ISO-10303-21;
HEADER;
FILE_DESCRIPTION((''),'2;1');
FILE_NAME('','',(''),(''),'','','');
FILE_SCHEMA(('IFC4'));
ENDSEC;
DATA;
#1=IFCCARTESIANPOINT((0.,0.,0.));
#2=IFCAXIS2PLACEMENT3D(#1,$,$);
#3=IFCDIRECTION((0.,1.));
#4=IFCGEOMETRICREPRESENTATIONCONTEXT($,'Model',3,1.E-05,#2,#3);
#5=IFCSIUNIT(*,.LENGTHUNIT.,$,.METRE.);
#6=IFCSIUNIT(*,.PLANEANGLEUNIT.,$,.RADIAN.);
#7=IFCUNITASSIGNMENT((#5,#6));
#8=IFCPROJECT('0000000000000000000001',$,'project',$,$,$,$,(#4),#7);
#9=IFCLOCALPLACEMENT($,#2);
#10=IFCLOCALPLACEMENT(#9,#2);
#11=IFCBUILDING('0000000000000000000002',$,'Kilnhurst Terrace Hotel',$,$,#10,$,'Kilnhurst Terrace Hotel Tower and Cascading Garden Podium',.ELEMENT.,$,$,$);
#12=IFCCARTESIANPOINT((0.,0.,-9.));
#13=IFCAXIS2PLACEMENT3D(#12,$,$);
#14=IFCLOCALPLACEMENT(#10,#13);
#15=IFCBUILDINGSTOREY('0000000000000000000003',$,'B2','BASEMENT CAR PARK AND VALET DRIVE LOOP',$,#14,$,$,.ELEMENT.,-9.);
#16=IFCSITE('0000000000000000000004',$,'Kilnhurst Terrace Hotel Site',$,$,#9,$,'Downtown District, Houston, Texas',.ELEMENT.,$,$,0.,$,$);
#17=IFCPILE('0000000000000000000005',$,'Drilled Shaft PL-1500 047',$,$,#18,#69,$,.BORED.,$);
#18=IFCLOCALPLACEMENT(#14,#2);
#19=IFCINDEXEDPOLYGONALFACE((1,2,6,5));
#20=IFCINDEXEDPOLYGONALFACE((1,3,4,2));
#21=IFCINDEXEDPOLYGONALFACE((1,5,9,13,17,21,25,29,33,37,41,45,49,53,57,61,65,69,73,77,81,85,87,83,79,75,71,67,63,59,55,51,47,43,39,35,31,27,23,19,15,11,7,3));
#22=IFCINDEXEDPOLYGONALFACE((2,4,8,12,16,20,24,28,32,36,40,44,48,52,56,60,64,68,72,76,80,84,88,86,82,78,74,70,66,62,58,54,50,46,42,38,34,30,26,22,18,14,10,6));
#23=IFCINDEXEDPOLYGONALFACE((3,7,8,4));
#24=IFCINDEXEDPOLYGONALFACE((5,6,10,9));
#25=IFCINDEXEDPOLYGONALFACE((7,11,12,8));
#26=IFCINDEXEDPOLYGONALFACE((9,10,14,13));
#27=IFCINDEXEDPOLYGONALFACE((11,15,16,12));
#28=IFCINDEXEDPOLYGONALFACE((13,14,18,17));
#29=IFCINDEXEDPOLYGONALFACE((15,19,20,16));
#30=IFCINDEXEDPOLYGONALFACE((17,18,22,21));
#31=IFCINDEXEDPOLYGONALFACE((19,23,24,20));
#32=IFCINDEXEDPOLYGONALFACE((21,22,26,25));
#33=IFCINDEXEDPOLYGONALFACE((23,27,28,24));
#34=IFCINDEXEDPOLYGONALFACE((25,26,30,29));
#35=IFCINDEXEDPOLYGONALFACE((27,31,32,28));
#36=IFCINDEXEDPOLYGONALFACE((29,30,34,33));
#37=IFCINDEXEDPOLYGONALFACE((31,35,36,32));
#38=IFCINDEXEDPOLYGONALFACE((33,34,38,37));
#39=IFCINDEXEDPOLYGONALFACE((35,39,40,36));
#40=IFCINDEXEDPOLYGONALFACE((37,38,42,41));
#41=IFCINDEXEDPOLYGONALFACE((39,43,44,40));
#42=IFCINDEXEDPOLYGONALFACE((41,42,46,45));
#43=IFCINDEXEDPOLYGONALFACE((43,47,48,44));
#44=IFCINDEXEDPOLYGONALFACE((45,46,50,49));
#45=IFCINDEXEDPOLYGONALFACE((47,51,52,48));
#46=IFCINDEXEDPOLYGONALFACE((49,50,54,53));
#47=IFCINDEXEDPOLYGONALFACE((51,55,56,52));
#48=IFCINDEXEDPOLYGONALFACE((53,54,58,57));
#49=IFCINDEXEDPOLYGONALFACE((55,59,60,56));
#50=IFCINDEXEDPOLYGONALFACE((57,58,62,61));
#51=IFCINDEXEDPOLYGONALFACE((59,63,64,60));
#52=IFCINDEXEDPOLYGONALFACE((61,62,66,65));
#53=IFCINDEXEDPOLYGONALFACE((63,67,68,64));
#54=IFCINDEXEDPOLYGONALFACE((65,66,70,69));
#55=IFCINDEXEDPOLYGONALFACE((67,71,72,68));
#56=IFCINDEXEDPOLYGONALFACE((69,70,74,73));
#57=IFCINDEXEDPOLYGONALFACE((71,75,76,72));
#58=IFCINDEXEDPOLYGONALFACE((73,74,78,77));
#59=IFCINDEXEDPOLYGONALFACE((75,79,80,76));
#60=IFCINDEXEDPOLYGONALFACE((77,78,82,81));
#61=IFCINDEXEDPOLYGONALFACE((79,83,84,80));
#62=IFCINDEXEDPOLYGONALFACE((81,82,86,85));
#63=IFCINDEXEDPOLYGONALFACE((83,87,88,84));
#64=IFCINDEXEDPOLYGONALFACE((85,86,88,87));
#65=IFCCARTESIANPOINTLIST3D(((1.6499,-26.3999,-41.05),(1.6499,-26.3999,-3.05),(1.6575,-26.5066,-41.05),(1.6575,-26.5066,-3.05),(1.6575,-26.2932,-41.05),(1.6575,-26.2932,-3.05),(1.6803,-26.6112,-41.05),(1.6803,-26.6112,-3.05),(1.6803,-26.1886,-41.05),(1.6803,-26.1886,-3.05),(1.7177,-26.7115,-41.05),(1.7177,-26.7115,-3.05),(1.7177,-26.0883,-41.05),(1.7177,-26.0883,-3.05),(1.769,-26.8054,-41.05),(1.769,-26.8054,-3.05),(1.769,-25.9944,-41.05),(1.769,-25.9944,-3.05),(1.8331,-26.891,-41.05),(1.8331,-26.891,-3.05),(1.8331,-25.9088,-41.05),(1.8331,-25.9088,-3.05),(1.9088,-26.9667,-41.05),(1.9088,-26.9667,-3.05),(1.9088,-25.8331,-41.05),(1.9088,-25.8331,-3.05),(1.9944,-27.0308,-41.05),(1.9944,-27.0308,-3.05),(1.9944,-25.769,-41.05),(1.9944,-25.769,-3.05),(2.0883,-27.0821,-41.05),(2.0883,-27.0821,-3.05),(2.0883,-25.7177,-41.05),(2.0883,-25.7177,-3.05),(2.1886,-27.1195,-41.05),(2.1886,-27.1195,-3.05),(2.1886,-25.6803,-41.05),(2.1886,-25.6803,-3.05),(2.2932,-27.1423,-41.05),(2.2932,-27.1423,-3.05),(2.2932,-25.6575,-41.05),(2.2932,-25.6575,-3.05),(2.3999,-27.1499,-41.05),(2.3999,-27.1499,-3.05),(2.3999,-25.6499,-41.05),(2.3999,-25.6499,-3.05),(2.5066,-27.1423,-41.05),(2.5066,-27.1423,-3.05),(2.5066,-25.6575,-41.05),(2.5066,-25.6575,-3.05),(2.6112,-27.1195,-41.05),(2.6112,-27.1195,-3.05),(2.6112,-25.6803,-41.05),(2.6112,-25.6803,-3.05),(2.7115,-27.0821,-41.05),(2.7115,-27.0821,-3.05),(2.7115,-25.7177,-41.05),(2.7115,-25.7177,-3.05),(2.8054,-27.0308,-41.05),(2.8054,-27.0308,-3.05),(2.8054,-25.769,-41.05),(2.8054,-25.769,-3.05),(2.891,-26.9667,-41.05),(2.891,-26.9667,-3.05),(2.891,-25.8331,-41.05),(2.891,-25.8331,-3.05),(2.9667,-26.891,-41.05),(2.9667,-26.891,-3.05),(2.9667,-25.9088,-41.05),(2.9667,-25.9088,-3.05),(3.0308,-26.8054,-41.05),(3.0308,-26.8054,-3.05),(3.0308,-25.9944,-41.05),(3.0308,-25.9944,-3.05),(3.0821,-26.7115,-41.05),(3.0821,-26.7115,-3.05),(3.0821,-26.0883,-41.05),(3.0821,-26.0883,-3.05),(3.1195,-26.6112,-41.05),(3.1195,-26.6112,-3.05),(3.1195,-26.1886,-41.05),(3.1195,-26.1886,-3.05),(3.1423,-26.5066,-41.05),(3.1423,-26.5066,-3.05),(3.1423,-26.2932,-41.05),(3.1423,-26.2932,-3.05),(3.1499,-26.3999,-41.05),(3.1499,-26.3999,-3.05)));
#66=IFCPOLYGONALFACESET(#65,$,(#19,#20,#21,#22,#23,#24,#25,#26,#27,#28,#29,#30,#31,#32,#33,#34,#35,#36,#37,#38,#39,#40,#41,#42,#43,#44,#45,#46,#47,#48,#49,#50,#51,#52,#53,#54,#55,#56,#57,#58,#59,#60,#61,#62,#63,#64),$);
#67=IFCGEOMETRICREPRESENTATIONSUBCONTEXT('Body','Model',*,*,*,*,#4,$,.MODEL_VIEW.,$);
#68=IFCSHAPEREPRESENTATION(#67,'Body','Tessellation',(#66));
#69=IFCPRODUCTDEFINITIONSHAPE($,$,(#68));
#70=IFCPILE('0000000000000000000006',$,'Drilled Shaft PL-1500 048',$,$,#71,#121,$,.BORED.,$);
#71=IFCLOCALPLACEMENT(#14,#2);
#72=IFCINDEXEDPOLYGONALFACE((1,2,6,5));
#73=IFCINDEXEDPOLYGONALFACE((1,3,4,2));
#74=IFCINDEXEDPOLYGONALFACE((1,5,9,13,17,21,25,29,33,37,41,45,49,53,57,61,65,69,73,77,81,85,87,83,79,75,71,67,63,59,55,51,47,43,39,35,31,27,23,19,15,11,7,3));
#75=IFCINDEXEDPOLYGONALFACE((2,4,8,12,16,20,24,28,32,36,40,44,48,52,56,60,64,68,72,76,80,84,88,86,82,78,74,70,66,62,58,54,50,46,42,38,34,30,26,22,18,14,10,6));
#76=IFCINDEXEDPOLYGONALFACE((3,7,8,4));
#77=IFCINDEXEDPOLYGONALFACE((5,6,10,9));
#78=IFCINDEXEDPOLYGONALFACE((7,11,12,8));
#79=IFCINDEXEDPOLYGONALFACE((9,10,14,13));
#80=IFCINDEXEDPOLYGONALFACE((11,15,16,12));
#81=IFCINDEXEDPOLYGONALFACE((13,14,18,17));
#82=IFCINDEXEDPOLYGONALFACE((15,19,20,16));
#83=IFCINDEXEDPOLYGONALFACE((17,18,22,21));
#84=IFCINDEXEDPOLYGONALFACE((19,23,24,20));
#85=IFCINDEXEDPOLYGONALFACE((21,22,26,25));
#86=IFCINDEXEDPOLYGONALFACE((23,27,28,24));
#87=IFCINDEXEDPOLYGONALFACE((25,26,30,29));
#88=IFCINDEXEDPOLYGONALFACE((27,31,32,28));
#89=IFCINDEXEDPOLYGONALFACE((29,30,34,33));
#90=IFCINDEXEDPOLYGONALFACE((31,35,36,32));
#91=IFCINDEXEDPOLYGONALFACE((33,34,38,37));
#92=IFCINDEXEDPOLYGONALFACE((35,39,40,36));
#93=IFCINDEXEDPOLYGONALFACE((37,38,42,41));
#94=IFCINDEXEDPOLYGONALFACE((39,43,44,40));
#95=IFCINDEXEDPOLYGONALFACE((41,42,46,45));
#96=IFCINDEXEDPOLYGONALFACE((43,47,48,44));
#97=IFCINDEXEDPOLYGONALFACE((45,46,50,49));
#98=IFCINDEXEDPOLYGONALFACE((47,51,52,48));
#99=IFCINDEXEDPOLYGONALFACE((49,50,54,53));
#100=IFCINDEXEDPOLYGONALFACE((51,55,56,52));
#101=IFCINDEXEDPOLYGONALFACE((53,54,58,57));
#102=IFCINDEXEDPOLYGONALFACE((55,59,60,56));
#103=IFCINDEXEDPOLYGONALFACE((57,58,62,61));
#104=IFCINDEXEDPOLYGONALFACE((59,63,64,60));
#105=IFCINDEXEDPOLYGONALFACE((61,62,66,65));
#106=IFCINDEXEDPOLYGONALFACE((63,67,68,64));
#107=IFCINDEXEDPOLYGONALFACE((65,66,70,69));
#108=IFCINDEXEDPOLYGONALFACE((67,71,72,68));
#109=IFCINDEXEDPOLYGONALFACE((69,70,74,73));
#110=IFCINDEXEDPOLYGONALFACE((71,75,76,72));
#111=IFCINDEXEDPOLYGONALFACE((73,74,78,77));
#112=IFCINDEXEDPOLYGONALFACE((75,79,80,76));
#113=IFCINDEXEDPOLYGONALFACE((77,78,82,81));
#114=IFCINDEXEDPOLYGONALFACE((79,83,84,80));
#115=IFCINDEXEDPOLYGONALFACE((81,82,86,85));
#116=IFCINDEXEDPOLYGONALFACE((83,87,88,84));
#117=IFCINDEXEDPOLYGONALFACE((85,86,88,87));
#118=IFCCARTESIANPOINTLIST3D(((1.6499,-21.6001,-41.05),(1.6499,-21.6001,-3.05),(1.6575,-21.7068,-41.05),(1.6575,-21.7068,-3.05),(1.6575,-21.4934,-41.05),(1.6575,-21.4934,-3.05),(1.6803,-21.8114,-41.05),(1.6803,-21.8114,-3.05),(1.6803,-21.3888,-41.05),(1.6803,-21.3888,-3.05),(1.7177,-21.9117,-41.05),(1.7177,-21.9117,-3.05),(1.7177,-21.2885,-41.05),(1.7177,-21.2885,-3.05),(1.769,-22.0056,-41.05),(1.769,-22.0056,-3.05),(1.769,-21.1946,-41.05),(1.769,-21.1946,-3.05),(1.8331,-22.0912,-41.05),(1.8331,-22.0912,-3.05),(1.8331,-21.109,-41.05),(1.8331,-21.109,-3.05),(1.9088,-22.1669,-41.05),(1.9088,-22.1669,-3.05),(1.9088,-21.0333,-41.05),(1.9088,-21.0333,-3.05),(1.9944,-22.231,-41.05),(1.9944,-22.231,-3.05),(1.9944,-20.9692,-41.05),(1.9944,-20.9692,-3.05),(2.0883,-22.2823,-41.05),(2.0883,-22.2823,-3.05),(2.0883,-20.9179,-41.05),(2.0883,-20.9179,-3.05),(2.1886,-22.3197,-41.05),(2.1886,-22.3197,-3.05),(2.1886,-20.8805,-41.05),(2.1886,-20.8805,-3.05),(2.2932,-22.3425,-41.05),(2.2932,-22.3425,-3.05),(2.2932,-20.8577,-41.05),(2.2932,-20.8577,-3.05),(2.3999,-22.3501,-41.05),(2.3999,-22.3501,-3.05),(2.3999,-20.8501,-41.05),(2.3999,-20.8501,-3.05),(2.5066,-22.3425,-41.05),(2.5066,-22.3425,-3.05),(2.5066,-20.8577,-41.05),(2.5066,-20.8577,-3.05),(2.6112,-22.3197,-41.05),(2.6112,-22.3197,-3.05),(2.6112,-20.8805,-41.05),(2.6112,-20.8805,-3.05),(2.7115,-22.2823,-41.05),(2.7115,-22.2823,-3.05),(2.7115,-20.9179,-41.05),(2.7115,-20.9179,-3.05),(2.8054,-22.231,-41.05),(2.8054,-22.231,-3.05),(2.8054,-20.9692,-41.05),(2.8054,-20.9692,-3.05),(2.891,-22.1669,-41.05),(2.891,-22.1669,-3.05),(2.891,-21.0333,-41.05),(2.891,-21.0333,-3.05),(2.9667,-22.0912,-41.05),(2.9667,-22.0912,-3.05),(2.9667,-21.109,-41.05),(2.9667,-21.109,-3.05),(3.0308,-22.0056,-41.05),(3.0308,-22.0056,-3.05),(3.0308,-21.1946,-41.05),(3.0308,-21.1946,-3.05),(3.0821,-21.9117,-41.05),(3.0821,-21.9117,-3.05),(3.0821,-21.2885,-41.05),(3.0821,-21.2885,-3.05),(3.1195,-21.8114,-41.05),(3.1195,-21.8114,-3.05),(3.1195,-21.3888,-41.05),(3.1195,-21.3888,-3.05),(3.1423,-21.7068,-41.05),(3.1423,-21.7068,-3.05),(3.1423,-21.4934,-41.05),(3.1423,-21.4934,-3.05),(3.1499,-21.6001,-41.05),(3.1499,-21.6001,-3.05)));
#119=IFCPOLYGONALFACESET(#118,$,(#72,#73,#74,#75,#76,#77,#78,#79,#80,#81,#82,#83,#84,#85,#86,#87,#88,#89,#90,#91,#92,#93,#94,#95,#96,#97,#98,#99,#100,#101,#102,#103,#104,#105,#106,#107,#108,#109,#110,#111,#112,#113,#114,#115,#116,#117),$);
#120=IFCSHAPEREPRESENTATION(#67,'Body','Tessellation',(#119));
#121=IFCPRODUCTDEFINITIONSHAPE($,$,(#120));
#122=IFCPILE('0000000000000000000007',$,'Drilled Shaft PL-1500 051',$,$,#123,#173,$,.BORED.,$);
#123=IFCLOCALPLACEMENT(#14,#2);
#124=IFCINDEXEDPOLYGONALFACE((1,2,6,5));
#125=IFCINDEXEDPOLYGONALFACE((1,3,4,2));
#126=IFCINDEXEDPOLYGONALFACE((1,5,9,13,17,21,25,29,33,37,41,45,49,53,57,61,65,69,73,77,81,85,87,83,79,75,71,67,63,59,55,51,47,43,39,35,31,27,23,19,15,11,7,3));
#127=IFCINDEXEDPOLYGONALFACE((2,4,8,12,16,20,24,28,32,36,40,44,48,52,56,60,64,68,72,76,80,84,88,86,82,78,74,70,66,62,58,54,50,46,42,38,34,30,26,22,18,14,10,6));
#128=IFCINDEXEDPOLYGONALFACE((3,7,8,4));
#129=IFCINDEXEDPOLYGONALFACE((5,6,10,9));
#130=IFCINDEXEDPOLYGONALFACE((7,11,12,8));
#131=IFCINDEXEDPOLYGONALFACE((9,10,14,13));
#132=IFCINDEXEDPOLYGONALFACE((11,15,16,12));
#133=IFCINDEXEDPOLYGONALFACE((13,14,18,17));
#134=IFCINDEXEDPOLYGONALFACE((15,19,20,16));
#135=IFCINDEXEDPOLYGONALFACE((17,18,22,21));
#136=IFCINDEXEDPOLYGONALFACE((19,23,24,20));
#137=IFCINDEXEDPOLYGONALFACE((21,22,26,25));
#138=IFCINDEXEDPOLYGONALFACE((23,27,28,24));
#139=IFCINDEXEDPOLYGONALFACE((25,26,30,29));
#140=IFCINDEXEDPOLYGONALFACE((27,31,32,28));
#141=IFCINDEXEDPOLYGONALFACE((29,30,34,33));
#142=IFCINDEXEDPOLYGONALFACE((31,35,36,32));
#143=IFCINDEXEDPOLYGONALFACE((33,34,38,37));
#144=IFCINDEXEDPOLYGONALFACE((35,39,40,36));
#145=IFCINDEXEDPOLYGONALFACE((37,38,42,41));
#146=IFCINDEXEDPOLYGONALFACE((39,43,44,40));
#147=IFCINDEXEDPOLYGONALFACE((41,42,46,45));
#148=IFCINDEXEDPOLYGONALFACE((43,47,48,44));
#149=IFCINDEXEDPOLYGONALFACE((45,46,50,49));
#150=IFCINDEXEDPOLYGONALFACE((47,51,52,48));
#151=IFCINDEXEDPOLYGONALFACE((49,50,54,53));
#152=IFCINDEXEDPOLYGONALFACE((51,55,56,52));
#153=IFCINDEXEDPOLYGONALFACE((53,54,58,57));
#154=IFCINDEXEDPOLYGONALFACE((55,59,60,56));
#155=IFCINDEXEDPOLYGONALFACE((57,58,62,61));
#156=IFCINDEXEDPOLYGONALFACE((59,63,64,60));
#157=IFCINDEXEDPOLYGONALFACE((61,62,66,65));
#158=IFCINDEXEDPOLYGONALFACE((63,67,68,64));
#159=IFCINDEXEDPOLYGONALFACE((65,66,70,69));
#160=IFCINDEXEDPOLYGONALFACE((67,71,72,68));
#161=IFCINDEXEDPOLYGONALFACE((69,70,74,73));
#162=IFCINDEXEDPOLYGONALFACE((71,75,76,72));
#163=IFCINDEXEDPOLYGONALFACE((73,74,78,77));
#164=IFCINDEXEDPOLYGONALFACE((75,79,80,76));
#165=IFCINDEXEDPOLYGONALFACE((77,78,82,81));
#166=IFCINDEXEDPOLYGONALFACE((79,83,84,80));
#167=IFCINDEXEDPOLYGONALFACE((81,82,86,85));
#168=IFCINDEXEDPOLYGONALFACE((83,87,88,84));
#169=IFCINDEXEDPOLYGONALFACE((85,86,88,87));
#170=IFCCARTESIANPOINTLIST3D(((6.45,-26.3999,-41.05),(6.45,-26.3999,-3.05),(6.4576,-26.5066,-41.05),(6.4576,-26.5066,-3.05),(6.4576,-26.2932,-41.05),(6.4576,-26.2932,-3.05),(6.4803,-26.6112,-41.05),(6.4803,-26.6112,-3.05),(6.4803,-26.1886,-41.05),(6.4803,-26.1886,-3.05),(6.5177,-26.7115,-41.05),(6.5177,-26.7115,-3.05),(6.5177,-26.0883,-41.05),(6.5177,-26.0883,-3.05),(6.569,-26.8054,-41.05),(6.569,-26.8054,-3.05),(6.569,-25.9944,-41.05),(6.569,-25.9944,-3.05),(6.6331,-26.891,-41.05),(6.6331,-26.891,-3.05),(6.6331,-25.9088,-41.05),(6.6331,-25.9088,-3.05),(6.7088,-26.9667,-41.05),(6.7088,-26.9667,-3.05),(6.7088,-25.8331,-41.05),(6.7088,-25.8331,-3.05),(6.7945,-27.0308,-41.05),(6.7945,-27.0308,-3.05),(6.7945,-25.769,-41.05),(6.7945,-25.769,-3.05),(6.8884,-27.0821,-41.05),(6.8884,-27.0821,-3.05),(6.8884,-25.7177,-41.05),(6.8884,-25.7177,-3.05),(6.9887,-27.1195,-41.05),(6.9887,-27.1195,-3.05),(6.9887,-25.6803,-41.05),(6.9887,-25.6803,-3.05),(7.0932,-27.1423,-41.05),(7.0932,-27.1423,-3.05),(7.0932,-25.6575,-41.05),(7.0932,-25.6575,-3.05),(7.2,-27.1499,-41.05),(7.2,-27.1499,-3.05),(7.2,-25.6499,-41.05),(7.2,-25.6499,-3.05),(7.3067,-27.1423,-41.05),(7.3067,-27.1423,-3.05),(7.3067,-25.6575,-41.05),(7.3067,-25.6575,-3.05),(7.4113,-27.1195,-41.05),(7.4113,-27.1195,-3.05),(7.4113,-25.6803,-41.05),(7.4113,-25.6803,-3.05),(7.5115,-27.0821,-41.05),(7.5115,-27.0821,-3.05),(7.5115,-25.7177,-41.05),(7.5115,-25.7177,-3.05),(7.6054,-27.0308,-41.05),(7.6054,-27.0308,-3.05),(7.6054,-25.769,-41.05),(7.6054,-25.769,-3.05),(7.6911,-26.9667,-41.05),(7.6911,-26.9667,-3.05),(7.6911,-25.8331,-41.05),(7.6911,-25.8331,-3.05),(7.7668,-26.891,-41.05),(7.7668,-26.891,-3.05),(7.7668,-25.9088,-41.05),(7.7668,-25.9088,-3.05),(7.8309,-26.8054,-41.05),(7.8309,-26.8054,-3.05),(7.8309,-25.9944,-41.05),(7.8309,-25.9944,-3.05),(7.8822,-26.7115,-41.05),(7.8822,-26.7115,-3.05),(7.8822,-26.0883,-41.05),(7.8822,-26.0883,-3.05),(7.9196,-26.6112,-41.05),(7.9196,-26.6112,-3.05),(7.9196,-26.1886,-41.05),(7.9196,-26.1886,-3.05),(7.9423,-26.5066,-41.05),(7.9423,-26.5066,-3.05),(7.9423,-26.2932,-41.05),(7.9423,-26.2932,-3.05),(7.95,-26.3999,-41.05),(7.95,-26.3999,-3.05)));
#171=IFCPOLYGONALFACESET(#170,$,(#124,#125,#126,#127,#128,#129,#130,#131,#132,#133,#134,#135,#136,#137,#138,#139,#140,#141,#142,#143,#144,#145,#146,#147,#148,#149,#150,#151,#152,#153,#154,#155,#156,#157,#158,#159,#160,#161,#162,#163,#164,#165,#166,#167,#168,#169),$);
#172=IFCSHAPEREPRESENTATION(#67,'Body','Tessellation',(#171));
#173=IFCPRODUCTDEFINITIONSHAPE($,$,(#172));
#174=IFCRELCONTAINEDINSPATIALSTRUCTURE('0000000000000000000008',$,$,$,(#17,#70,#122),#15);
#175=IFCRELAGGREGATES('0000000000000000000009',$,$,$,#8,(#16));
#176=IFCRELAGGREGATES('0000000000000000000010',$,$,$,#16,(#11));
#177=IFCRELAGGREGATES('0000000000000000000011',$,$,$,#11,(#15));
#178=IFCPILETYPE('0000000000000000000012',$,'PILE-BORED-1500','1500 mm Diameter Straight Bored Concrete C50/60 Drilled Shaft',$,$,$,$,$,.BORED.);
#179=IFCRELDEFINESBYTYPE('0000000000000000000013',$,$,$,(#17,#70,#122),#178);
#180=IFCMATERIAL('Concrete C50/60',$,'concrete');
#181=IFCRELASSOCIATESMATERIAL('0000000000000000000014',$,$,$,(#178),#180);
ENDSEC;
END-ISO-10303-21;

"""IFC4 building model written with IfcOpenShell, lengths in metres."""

from ifc_helpers import new_model, si_unit, direction, frame, origin, origin_2d, place, context, subcontext, project, spatial, circle, extrude, material, material_profile, profile_set, type_object, element, save


model = new_model("IFC4")

# Units and contexts
model_context = context("Model", 3, precision=1e-05, world=origin(), true_north=direction((0.0, 1.0)))
body_context = subcontext(model_context, "Body", "Model", "MODEL_VIEW")
ifc_project = project(units=[si_unit("LENGTHUNIT", "METRE"), si_unit("PLANEANGLEUNIT", "RADIAN")], contexts=[model_context])

# Site, building, storey
site_placement = place(None, origin())
site = spatial("IfcSite", under=ifc_project, at=site_placement, Name="Kilnhurst Terrace Hotel Site", LongName="Downtown District, Houston, Texas", CompositionType="ELEMENT", RefElevation=0.0)
building_placement = place(site_placement, origin())
building = spatial("IfcBuilding", under=site, at=building_placement, Name="Kilnhurst Terrace Hotel", LongName="Kilnhurst Terrace Hotel Tower and Cascading Garden Podium", CompositionType="ELEMENT")
storey_placement = place(building_placement, frame((0.0, 0.0, -9.0)))
storey = spatial("IfcBuildingStorey", under=building, at=storey_placement, Name="B2", Description="BASEMENT CAR PARK AND VALET DRIVE LOOP", CompositionType="ELEMENT", Elevation=-9.0)

# Piles
ifc_material_1 = material(Name="Concrete C50/60", Category="concrete")
ifc_material_profile_1 = material_profile(ifc_material_1, circle(Radius=0.75, at=origin_2d()), Name="PILE1500")
ifc_profile_set_1 = profile_set([ifc_material_profile_1], Name="Concrete C50/60")
pile_type_1 = type_object("IfcPileType", Name="PILE-BORED-1500", Description="1500 mm Diameter Straight Bored Concrete C50/60 Drilled Shaft", PredefinedType="BORED", material=ifc_profile_set_1)
for number, where, z_axis, x_axis, name in (
    (1, (2.3999, -26.3999, -3.05), (0.0, 0.0, -1.0), (1.0, 0.0, 0.0), "Drilled Shaft PL-1500 047"),
    (2, (2.3999, -21.6001, -3.05), (0.0, 0.0, -1.0), (1.0, 0.0, 0.0), "Drilled Shaft PL-1500 048"),
    (3, (7.2, -26.3999, -3.05), (0.0, 0.0, -1.0), (1.0, 0.0, 0.0), "Drilled Shaft PL-1500 051"),
):
    element("IfcPile", number, at=place(storey_placement, frame(where, z_axis=z_axis, x_axis=x_axis)), inside=storey, type_object=pile_type_1, Name=name, PredefinedType="BORED", context=body_context, shape_type="SweptSolid", body=[
        extrude(circle(Radius=0.75, at=origin_2d()), origin(), (0.0, 0.0, 1.0), 38.0),
    ])

save(model, "model.ifc")
